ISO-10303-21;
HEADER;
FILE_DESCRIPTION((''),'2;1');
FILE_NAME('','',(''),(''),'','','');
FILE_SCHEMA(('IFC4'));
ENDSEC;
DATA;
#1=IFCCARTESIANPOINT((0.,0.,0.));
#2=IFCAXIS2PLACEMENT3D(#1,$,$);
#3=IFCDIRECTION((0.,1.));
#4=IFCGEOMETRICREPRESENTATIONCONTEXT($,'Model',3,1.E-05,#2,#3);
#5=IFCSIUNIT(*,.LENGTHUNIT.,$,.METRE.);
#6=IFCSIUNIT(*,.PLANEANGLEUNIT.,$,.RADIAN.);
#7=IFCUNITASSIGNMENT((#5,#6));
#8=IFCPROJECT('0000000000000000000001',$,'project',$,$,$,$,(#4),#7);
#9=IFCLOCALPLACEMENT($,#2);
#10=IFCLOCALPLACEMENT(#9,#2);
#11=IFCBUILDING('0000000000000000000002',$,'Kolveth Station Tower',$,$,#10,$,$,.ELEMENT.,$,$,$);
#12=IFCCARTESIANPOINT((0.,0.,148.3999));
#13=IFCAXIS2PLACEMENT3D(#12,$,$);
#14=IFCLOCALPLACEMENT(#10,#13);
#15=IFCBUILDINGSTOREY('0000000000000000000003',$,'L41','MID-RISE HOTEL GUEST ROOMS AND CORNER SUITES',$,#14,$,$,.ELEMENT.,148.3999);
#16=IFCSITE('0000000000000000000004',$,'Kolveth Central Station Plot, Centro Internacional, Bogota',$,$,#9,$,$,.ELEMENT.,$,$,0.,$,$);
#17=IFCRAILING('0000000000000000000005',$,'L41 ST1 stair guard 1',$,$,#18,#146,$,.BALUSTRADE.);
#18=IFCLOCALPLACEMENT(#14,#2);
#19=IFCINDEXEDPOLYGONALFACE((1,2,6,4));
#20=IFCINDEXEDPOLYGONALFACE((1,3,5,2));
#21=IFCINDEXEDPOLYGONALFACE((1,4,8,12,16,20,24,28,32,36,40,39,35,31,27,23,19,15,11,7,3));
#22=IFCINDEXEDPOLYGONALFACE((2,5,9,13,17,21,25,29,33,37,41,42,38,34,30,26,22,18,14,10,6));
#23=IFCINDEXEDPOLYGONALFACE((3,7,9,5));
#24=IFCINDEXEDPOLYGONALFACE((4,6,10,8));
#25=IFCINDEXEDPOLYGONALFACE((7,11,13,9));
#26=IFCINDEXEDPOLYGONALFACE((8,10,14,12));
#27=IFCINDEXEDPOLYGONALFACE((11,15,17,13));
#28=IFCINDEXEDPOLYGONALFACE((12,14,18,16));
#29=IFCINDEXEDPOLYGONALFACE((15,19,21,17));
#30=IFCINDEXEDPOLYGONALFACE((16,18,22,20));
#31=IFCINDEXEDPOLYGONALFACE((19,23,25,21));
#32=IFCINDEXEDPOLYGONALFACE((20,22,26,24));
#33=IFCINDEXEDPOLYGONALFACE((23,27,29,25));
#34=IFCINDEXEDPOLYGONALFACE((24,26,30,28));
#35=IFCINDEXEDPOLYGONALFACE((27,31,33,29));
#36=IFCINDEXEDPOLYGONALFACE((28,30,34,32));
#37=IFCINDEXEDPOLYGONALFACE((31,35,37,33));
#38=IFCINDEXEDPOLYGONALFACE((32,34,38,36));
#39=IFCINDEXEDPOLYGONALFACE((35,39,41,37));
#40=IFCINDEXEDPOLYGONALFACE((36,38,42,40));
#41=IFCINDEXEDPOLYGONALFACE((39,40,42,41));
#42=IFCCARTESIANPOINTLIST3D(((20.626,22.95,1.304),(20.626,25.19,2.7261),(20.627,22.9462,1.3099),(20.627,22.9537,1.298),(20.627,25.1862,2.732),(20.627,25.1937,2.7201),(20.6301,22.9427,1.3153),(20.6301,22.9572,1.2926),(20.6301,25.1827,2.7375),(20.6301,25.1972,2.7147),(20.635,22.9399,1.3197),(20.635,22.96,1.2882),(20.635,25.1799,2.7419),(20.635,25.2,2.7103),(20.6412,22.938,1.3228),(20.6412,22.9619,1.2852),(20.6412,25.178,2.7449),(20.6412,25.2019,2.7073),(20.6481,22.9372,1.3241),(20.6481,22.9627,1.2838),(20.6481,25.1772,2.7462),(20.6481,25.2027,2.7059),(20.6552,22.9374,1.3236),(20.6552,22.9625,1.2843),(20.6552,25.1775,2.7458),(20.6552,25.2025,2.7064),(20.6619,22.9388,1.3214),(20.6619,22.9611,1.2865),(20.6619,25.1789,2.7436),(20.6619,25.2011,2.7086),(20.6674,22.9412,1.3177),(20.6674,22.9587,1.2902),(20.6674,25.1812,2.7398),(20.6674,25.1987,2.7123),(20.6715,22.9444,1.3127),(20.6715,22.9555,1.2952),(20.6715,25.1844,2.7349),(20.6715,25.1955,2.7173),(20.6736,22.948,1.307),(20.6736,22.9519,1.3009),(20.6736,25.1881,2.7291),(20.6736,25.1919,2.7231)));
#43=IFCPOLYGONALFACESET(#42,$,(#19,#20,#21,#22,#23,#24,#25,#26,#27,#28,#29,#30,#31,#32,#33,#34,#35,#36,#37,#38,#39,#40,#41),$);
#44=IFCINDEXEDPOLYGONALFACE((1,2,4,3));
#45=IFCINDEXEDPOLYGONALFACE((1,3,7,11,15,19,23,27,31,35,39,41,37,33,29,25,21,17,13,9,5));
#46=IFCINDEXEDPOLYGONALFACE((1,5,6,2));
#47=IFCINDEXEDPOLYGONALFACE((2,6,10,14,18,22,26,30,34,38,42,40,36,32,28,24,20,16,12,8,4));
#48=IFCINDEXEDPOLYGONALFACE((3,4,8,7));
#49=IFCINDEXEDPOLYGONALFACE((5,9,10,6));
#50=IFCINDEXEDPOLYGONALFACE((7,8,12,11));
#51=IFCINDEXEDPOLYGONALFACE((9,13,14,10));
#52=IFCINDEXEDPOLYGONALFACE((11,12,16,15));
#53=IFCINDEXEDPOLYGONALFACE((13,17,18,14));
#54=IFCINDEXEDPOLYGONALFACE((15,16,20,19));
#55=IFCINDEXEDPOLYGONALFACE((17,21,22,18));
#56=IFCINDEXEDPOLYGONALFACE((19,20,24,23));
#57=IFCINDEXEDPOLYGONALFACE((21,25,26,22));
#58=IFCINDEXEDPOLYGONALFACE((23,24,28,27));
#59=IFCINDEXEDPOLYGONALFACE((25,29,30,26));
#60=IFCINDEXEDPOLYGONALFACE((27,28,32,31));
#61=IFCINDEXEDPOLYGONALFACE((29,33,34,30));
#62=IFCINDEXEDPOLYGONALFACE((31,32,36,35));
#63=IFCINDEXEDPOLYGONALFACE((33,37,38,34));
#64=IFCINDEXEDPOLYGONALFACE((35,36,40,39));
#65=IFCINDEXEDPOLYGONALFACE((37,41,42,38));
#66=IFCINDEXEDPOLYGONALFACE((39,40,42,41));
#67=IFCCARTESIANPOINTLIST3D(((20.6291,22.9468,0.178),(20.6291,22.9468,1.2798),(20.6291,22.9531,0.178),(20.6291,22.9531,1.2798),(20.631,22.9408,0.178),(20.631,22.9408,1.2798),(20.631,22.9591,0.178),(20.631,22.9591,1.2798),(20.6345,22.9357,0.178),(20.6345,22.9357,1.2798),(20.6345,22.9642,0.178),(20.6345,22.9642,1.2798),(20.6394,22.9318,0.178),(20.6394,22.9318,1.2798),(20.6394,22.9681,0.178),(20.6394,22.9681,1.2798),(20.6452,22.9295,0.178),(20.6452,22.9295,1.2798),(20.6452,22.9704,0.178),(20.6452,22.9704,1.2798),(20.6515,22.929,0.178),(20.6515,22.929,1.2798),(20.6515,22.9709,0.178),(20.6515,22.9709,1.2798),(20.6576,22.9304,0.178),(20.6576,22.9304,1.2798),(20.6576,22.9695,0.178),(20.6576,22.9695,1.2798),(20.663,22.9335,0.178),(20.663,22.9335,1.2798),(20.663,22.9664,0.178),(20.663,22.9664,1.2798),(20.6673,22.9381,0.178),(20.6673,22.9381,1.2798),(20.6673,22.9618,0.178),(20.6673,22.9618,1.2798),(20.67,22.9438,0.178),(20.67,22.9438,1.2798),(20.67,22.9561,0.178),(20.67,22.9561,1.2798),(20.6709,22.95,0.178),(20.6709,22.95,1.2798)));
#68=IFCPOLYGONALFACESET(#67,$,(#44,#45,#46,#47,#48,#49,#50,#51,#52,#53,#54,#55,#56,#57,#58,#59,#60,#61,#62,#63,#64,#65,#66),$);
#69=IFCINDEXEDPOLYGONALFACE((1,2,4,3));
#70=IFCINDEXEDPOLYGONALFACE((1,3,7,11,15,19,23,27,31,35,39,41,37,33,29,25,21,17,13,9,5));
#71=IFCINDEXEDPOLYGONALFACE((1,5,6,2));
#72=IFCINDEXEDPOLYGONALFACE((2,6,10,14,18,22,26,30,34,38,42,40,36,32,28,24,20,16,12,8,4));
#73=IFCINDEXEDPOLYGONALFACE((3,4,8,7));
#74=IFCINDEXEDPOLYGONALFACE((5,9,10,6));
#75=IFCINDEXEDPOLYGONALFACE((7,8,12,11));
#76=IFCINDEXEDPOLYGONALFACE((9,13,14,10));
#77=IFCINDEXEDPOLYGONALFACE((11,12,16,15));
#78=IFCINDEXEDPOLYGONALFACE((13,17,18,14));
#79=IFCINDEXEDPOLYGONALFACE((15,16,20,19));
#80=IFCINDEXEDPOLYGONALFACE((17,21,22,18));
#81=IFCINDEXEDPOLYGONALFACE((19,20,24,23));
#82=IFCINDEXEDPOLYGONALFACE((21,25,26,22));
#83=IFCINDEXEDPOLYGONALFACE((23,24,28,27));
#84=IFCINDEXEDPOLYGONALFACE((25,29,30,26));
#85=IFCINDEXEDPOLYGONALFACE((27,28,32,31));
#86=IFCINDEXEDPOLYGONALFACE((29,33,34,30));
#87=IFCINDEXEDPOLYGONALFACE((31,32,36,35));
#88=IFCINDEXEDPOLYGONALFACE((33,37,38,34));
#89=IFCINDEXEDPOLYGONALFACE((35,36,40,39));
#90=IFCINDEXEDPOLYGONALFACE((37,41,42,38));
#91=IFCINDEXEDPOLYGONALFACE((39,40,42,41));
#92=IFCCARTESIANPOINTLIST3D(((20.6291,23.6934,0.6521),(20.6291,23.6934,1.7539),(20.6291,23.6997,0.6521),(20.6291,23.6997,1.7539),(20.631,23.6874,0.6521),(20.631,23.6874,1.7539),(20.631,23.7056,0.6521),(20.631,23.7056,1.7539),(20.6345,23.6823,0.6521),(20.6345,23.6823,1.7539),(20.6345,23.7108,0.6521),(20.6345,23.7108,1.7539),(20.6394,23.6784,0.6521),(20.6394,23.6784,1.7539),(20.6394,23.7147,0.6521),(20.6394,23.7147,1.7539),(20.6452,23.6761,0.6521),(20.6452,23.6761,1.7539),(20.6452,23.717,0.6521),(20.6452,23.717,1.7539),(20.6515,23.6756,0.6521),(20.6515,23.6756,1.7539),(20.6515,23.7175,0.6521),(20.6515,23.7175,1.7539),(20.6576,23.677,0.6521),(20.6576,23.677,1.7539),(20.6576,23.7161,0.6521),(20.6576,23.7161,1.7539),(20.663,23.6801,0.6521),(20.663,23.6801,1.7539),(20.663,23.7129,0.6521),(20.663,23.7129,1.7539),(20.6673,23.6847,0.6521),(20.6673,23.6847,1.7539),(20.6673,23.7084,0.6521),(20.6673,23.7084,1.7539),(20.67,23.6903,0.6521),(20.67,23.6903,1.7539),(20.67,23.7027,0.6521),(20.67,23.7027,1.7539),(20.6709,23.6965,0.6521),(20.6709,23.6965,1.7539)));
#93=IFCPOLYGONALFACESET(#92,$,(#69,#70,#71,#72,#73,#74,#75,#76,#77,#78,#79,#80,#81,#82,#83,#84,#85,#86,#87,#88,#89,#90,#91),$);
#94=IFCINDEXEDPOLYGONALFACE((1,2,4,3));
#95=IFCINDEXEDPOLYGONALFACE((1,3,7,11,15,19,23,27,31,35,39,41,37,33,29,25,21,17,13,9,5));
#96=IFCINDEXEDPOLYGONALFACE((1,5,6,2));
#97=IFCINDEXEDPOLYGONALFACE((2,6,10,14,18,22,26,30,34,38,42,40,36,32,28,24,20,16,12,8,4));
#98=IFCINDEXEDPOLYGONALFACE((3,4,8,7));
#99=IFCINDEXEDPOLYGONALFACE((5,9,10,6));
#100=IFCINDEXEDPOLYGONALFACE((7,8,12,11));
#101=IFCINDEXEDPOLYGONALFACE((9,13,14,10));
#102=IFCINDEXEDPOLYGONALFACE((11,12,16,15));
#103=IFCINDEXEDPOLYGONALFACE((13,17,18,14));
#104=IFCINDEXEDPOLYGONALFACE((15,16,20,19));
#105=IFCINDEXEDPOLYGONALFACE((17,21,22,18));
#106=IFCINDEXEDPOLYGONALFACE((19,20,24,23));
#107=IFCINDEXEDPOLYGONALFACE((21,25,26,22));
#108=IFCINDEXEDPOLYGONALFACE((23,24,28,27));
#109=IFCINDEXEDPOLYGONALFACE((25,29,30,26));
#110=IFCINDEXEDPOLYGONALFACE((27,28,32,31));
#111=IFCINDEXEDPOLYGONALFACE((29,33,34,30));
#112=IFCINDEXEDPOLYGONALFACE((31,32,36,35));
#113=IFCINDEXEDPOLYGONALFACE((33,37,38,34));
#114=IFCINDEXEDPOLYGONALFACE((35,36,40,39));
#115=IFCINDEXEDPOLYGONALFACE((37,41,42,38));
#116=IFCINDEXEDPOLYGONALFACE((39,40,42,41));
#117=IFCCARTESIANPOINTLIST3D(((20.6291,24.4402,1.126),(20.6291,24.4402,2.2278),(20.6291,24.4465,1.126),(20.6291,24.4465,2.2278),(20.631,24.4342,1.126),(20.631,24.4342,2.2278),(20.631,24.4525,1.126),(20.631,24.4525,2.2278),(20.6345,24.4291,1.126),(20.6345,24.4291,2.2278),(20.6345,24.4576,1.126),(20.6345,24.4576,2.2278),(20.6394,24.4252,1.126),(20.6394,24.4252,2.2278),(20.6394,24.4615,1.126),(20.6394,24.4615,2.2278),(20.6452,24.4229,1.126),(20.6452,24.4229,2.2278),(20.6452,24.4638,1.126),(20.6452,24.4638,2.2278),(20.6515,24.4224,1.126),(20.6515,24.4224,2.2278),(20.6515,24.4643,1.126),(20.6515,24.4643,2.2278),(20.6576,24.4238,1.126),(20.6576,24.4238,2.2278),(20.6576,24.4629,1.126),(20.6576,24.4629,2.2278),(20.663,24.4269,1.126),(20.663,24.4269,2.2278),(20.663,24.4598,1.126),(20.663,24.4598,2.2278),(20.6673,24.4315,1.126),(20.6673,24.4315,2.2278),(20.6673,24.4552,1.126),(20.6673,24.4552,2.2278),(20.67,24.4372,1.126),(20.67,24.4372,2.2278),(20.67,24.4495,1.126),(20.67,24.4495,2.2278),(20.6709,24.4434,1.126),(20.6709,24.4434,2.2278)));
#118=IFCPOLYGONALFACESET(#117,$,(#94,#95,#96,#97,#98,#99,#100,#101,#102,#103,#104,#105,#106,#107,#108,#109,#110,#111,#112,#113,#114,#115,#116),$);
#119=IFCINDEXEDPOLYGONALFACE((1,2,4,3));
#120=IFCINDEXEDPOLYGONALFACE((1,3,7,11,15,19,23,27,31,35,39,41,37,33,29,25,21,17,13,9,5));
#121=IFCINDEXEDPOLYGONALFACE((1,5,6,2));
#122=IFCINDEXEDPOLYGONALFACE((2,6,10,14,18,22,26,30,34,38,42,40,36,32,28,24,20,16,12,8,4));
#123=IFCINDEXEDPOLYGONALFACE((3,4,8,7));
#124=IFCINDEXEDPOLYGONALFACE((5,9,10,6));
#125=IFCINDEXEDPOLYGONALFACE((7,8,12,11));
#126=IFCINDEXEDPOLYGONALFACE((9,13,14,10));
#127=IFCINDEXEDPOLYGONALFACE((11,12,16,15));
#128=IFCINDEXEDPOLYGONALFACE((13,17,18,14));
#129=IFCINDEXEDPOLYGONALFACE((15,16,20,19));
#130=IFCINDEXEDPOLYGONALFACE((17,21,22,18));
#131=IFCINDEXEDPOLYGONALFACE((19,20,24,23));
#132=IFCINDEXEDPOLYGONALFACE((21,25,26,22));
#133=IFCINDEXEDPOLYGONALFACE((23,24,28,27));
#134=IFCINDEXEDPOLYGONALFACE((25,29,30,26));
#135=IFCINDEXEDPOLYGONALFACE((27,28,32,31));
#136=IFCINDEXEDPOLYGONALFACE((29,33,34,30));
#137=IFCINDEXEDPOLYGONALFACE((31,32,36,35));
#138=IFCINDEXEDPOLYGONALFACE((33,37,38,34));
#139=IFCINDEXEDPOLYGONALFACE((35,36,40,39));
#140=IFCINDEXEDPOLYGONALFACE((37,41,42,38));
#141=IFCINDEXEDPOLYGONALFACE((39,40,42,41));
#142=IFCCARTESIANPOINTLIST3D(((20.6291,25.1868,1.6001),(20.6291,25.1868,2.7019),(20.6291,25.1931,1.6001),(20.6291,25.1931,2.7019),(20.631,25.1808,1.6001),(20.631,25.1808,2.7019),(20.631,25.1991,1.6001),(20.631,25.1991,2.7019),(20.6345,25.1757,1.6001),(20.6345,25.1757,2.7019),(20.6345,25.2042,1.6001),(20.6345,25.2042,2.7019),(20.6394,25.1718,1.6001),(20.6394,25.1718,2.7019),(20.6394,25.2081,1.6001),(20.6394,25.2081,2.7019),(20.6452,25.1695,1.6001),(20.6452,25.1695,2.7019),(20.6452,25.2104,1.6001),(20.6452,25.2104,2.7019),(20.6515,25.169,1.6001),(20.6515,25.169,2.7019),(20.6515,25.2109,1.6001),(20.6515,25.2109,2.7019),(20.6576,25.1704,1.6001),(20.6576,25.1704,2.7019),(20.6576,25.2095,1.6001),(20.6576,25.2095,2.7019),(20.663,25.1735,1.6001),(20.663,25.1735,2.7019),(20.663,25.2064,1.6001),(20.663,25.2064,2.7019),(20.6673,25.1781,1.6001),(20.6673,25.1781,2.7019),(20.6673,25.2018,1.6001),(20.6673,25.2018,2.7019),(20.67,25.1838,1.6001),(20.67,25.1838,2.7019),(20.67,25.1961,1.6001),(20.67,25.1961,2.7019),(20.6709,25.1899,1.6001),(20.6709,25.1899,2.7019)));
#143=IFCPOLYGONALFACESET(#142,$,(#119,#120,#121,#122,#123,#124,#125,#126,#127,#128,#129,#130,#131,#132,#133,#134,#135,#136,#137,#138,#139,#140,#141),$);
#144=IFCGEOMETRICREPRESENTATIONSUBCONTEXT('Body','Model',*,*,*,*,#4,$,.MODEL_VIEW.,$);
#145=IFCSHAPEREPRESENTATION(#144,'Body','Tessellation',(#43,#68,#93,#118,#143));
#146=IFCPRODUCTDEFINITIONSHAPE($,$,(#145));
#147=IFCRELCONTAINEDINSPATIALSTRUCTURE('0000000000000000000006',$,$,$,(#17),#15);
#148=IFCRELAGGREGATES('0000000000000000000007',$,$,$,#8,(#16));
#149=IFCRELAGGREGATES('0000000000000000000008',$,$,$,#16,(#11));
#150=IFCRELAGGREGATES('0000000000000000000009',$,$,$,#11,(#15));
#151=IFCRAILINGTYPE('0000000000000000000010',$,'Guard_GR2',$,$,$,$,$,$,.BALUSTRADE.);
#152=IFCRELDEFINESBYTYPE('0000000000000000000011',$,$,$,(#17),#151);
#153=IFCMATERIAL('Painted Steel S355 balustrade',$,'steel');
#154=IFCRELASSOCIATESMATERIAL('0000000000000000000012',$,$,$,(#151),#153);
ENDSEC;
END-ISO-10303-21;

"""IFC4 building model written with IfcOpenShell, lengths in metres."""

from ifc_helpers import new_model, si_unit, direction, frame, origin, origin_2d, place, context, subcontext, project, spatial, circle, extrude, material, type_object, element, save


model = new_model("IFC4")

# Units and contexts
model_context = context("Model", 3, precision=1e-05, world=origin(), true_north=direction((0.0, 1.0)))
body_context = subcontext(model_context, "Body", "Model", "MODEL_VIEW")
ifc_project = project(units=[si_unit("LENGTHUNIT", "METRE"), si_unit("PLANEANGLEUNIT", "RADIAN")], contexts=[model_context])

# Site, building, storey
site_placement = place(None, origin())
site = spatial("IfcSite", under=ifc_project, at=site_placement, Name="Kolveth Central Station Plot, Centro Internacional, Bogota", CompositionType="ELEMENT", RefElevation=0.0)
building_placement = place(site_placement, origin())
building = spatial("IfcBuilding", under=site, at=building_placement, Name="Kolveth Station Tower", CompositionType="ELEMENT")
storey_placement = place(building_placement, frame((0.0, 0.0, 148.3999)))
storey = spatial("IfcBuildingStorey", under=building, at=storey_placement, Name="L41", Description="MID-RISE HOTEL GUEST ROOMS AND CORNER SUITES", CompositionType="ELEMENT", Elevation=148.3999)

# Railing
ifc_material_1 = material(Name="Painted Steel S355 balustrade", Category="steel")
railing_type_1 = type_object("IfcRailingType", Name="Guard_GR2", PredefinedType="BALUSTRADE", material=ifc_material_1)
railing_1_placement = place(storey_placement, frame((20.6499, 22.95, 0.178)))
element("IfcRailing", 1, at=railing_1_placement, inside=storey, type_object=railing_type_1, Name="L41 ST1 stair guard 1", PredefinedType="BALUSTRADE", context=body_context, shape_type="SweptSolid", body=[
    extrude(circle(Radius=0.0239, at=origin_2d()), frame((0.0, 0.0, 1.126), z_axis=(0.0, 0.844229, 0.535982), x_axis=(-1.0, 0.0, 0.0)), (0.0, 0.0, 1.0), 2.6533),
    extrude(circle(Radius=0.021, at=origin_2d()), origin(), (0.0, 0.0, 1.0), 1.1018),
    extrude(circle(Radius=0.021, at=origin_2d()), frame((0.0, 0.7466, 0.4741)), (0.0, 0.0, 1.0), 1.1018),
    extrude(circle(Radius=0.021, at=origin_2d()), frame((0.0, 1.4934, 0.948)), (0.0, 0.0, 1.0), 1.1018),
    extrude(circle(Radius=0.021, at=origin_2d()), frame((0.0, 2.24, 1.4221)), (0.0, 0.0, 1.0), 1.1018),
])

save(model, "model.ifc")
